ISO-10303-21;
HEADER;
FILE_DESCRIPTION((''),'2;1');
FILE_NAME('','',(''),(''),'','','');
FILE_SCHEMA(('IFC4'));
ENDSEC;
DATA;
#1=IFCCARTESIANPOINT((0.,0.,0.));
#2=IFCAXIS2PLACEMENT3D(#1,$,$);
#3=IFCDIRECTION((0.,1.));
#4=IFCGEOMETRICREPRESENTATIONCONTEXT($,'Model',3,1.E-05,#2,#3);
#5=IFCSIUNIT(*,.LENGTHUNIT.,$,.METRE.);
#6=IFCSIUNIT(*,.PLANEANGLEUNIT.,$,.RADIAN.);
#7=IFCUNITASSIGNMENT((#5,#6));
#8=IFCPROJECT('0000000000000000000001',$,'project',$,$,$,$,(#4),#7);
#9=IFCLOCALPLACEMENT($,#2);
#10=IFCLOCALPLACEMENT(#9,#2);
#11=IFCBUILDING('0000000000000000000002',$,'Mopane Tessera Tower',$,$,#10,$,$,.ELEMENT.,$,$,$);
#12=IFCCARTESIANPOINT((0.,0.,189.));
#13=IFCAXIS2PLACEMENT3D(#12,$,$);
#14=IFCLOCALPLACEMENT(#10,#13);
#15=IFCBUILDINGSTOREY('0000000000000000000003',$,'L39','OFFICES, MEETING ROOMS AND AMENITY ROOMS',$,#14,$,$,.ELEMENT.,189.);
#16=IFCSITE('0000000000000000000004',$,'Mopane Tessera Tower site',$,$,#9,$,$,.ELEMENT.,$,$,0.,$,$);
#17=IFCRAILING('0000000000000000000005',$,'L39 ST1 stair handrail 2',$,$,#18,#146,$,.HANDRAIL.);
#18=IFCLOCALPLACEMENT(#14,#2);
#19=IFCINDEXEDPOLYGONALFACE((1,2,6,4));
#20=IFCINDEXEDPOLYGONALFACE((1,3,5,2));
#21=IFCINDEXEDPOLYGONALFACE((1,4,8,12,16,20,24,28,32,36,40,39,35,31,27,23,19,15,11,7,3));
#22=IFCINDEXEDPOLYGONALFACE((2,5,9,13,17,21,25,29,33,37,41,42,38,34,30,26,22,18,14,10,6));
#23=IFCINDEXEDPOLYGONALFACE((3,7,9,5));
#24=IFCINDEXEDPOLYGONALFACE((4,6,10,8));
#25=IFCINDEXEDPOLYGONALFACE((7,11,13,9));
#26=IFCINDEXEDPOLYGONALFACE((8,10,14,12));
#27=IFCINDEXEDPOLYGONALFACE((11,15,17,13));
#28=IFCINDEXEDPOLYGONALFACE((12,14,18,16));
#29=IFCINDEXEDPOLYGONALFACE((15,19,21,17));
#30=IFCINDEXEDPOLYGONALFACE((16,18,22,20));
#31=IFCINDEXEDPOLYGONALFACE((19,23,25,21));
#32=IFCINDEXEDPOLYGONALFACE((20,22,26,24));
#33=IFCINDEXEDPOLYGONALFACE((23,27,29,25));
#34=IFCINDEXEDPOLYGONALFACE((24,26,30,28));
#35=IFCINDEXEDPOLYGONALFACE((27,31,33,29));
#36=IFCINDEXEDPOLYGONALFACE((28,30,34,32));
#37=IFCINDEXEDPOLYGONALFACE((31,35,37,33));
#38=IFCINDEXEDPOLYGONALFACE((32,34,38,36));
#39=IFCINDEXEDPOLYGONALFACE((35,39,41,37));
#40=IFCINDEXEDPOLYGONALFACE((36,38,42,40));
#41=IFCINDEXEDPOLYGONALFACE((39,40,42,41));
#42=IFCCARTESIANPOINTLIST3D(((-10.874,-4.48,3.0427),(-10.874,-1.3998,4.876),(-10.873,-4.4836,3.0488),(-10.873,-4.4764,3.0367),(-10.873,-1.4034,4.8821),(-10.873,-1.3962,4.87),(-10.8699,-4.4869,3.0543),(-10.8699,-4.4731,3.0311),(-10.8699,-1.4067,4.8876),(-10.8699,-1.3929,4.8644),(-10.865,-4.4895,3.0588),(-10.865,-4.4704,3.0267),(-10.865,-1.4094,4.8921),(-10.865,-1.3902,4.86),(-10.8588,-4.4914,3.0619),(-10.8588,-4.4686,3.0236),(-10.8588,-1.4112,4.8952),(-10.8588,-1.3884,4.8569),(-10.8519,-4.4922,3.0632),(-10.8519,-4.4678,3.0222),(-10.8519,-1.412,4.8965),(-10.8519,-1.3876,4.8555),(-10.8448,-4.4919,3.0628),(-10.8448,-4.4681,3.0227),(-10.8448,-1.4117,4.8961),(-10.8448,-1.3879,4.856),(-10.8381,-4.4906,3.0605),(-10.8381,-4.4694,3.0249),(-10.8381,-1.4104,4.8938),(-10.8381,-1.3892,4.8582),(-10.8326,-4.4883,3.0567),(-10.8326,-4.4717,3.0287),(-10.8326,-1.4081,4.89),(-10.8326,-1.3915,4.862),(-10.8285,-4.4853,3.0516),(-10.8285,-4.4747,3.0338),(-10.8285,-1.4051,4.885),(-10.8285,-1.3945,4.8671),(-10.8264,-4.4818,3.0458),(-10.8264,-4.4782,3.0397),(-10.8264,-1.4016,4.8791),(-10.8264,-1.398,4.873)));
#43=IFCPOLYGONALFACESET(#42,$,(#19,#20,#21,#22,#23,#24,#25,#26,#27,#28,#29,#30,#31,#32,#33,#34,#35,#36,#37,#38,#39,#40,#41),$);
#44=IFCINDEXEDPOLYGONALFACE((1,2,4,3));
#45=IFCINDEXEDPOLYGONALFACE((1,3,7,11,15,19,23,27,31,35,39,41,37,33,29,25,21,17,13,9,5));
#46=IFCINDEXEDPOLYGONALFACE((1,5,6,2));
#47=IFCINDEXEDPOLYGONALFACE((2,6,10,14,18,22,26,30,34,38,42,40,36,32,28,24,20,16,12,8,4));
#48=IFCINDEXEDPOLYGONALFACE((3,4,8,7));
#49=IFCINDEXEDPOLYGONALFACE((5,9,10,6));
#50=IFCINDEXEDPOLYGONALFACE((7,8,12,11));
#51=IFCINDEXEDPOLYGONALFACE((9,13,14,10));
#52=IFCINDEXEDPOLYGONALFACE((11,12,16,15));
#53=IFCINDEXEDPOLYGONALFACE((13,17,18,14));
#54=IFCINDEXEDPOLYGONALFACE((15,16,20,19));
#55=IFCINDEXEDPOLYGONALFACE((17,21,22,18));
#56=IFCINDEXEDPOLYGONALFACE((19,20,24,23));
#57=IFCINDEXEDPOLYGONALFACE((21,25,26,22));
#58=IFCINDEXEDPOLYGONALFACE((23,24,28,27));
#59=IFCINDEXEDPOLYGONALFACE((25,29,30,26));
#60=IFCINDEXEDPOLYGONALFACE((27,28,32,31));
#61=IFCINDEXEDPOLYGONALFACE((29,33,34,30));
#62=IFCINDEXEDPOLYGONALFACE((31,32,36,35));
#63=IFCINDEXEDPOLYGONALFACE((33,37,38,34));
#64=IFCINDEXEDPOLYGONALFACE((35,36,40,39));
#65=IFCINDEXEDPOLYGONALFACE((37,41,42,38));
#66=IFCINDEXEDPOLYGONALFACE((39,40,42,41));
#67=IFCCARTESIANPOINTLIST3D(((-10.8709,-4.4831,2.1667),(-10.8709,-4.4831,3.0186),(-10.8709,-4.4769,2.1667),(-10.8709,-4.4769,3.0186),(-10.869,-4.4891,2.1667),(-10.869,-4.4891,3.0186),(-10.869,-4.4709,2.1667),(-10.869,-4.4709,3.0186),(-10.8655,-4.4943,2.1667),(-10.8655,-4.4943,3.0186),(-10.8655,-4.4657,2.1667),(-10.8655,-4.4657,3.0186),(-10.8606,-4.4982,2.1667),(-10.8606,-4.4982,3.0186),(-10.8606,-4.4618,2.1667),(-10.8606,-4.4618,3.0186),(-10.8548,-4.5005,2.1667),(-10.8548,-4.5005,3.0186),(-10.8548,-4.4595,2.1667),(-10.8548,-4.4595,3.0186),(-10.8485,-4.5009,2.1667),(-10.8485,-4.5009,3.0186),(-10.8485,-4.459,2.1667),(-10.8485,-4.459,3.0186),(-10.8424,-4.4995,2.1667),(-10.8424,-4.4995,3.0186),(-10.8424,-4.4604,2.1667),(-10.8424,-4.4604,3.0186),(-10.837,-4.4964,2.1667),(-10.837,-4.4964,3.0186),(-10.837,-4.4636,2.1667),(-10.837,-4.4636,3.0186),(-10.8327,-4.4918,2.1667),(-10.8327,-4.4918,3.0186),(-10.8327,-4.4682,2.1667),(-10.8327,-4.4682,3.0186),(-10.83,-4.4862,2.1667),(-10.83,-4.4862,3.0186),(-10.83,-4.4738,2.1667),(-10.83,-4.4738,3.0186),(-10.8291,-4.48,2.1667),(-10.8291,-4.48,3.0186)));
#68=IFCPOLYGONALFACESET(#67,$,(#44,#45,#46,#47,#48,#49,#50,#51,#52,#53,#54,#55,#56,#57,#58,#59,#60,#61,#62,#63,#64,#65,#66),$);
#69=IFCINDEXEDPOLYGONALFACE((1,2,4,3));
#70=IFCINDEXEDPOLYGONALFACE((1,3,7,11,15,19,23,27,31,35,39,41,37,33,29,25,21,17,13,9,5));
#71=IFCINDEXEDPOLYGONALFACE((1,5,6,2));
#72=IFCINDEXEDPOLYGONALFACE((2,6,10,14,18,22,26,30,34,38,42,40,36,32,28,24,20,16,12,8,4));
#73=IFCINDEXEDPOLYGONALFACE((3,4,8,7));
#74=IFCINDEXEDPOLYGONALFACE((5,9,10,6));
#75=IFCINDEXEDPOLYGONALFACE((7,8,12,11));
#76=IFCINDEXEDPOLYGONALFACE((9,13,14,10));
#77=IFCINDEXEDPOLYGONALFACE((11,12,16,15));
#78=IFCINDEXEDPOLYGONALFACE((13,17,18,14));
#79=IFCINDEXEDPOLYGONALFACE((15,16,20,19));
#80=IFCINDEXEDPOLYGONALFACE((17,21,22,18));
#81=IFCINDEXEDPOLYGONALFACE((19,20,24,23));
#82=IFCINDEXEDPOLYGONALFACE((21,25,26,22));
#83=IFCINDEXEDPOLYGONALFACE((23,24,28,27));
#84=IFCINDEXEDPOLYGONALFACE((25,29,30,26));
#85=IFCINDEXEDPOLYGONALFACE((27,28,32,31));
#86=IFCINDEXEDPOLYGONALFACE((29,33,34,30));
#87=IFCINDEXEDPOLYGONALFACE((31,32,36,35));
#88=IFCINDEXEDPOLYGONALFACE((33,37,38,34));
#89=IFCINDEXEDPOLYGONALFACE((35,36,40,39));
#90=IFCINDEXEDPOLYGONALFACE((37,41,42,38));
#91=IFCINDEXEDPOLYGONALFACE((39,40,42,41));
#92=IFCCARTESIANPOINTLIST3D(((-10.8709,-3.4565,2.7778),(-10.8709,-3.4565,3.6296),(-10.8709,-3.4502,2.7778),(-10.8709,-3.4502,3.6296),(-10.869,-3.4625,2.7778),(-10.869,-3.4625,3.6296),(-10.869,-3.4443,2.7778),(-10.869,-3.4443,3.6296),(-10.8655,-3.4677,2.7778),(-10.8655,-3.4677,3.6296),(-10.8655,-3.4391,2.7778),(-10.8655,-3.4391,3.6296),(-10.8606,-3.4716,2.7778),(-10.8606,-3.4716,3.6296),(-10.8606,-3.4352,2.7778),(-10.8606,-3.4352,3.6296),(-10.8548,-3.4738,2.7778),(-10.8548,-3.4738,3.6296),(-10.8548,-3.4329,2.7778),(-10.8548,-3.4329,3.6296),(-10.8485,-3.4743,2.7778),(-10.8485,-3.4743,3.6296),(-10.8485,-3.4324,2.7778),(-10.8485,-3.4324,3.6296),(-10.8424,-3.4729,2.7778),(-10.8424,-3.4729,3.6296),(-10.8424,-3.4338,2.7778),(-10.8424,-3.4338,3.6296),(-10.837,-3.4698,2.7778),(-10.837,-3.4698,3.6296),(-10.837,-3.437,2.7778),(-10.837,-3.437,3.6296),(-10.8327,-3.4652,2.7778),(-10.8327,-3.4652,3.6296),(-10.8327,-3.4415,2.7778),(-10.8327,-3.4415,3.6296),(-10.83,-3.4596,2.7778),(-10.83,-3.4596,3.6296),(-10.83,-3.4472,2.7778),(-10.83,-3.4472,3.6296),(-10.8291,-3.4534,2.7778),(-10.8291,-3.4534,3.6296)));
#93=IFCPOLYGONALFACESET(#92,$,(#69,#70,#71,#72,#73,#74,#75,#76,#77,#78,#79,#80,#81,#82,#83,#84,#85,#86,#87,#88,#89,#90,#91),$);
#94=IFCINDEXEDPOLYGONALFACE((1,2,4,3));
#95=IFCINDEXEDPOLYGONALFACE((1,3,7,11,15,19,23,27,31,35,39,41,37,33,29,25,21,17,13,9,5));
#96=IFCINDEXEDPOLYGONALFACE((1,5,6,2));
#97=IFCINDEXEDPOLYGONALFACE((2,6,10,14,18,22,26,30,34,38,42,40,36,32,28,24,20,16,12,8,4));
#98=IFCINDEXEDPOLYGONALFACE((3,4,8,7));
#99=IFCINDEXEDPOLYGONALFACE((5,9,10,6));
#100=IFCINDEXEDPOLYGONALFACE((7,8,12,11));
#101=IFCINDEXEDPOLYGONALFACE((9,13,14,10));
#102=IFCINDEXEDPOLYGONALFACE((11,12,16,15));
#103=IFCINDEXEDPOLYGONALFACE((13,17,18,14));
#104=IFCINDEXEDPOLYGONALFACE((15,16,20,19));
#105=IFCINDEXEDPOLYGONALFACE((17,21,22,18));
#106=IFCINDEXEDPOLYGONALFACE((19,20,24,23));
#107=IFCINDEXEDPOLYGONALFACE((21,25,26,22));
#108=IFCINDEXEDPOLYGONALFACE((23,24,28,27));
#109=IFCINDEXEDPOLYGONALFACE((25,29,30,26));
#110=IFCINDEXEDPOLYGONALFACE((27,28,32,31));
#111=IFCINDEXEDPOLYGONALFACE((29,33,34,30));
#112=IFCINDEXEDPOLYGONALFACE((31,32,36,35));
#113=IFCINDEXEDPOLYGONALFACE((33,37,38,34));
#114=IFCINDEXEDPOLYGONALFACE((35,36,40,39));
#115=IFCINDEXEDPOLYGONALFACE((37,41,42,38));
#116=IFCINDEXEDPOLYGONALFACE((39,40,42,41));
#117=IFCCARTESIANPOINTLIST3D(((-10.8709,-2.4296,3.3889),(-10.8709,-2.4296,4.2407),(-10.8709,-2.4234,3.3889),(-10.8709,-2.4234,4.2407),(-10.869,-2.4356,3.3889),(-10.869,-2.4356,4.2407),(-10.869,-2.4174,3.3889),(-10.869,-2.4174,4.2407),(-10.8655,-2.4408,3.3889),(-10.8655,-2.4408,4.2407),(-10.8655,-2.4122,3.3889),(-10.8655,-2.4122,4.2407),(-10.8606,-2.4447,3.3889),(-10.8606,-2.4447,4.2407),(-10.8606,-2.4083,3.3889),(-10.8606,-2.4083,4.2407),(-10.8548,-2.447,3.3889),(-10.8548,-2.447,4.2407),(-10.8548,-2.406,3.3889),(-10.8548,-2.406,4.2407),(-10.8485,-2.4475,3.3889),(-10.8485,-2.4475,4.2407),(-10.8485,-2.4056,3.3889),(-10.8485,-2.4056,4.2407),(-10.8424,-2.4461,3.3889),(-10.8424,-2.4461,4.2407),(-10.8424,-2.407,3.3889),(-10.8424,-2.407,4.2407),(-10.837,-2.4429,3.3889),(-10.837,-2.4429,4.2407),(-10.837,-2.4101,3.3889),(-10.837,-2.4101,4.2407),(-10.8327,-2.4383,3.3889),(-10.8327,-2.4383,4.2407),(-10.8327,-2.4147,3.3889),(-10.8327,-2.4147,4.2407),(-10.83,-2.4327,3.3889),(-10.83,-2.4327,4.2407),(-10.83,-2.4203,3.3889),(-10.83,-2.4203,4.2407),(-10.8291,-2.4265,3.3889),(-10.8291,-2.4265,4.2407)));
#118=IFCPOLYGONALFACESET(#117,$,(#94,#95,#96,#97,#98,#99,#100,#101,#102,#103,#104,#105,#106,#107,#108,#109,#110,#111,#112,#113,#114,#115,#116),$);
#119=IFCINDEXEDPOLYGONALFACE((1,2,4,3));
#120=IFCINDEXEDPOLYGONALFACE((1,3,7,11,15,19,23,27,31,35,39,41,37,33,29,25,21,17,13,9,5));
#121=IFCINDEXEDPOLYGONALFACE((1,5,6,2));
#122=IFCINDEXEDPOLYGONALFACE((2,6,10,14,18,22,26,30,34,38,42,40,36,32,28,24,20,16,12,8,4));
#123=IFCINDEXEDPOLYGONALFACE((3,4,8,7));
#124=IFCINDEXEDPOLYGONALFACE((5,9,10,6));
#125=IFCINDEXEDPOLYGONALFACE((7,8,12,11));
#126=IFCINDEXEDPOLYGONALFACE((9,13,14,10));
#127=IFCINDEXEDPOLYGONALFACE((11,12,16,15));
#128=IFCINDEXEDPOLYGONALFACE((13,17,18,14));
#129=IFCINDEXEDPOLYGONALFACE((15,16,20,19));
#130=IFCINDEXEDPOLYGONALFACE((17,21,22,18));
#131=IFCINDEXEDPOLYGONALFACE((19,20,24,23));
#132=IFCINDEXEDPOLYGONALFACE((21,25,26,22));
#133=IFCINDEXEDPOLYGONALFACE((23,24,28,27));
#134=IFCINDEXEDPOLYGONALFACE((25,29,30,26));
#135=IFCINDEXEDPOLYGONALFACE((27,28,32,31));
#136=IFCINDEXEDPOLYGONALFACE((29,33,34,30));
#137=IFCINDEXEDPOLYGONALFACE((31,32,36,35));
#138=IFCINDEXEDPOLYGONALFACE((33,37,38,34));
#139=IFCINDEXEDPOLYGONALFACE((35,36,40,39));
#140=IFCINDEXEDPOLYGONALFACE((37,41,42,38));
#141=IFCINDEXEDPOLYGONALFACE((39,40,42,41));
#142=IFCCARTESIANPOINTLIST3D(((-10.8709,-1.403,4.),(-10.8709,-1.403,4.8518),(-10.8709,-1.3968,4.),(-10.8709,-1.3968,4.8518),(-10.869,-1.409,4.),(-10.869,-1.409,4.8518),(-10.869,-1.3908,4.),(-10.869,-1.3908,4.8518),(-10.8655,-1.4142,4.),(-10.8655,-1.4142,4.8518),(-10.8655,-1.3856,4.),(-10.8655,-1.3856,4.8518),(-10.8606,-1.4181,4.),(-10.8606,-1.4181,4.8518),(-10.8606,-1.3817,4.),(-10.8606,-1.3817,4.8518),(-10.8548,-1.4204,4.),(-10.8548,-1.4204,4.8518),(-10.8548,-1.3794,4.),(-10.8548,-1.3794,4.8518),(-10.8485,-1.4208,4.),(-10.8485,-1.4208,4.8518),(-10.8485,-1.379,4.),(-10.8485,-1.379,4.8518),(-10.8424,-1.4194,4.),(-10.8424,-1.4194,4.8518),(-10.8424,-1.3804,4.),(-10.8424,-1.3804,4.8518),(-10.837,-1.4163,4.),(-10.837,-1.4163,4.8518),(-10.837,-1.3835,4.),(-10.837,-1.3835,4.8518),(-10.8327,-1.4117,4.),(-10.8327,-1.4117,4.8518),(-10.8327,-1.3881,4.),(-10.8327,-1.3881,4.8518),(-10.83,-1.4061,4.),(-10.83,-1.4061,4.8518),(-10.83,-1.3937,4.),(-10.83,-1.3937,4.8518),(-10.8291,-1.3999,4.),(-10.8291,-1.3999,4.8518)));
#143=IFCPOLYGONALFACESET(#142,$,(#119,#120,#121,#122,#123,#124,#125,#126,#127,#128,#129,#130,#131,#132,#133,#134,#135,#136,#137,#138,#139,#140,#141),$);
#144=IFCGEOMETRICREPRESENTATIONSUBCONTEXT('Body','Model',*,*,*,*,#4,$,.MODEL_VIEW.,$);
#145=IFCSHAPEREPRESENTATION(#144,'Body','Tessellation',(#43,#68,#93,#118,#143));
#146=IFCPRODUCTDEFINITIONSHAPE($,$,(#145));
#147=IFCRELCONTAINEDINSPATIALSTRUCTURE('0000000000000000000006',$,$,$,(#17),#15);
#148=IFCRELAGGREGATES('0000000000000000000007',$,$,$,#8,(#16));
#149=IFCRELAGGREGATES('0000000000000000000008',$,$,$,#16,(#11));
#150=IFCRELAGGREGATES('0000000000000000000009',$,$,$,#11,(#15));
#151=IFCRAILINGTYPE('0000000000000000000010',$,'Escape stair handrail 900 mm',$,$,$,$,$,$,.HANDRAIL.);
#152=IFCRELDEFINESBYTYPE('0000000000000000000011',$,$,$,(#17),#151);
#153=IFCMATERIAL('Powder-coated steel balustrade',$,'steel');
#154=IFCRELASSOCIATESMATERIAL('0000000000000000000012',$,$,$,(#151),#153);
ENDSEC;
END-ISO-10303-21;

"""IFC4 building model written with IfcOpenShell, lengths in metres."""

from ifc_helpers import new_model, si_unit, direction, frame, origin, origin_2d, place, context, subcontext, project, spatial, circle, extrude, material, type_object, element, save


model = new_model("IFC4")

# Units and contexts
model_context = context("Model", 3, precision=1e-05, world=origin(), true_north=direction((0.0, 1.0)))
body_context = subcontext(model_context, "Body", "Model", "MODEL_VIEW")
ifc_project = project(units=[si_unit("LENGTHUNIT", "METRE"), si_unit("PLANEANGLEUNIT", "RADIAN")], contexts=[model_context])

# Site, building, storey
site_placement = place(None, origin())
site = spatial("IfcSite", under=ifc_project, at=site_placement, Name="Mopane Tessera Tower site", CompositionType="ELEMENT", RefElevation=0.0)
building_placement = place(site_placement, origin())
building = spatial("IfcBuilding", under=site, at=building_placement, Name="Mopane Tessera Tower", CompositionType="ELEMENT")
storey_placement = place(building_placement, frame((0.0, 0.0, 189.0)))
storey = spatial("IfcBuildingStorey", under=building, at=storey_placement, Name="L39", Description="OFFICES, MEETING ROOMS AND AMENITY ROOMS", CompositionType="ELEMENT", Elevation=189.0)

# Railing
ifc_material_1 = material(Name="Powder-coated steel balustrade", Category="steel")
railing_type_1 = type_object("IfcRailingType", Name="Escape stair handrail 900 mm", PredefinedType="HANDRAIL", material=ifc_material_1)
railing_1_placement = place(storey_placement, frame((-10.8501, -4.48, 2.1667)))
element("IfcRailing", 1, at=railing_1_placement, inside=storey, type_object=railing_type_1, Name="L39 ST1 stair handrail 2", PredefinedType="HANDRAIL", context=body_context, shape_type="SweptSolid", body=[
    extrude(circle(Radius=0.0239, at=origin_2d()), frame((0.0, 0.0, 0.876), z_axis=(0.0, 0.859309, 0.511458), x_axis=(-1.0, 0.0, 0.0)), (0.0, 0.0, 1.0), 3.5845),
    extrude(circle(Radius=0.021, at=origin_2d()), origin(), (0.0, 0.0, 1.0), 0.8518),
    extrude(circle(Radius=0.021, at=origin_2d()), frame((0.0, 1.0266, 0.6111)), (0.0, 0.0, 1.0), 0.8518),
    extrude(circle(Radius=0.021, at=origin_2d()), frame((0.0, 2.0535, 1.2222)), (0.0, 0.0, 1.0), 0.8518),
    extrude(circle(Radius=0.021, at=origin_2d()), frame((0.0, 3.0801, 1.8333)), (0.0, 0.0, 1.0), 0.8518),
])

save(model, "model.ifc")
